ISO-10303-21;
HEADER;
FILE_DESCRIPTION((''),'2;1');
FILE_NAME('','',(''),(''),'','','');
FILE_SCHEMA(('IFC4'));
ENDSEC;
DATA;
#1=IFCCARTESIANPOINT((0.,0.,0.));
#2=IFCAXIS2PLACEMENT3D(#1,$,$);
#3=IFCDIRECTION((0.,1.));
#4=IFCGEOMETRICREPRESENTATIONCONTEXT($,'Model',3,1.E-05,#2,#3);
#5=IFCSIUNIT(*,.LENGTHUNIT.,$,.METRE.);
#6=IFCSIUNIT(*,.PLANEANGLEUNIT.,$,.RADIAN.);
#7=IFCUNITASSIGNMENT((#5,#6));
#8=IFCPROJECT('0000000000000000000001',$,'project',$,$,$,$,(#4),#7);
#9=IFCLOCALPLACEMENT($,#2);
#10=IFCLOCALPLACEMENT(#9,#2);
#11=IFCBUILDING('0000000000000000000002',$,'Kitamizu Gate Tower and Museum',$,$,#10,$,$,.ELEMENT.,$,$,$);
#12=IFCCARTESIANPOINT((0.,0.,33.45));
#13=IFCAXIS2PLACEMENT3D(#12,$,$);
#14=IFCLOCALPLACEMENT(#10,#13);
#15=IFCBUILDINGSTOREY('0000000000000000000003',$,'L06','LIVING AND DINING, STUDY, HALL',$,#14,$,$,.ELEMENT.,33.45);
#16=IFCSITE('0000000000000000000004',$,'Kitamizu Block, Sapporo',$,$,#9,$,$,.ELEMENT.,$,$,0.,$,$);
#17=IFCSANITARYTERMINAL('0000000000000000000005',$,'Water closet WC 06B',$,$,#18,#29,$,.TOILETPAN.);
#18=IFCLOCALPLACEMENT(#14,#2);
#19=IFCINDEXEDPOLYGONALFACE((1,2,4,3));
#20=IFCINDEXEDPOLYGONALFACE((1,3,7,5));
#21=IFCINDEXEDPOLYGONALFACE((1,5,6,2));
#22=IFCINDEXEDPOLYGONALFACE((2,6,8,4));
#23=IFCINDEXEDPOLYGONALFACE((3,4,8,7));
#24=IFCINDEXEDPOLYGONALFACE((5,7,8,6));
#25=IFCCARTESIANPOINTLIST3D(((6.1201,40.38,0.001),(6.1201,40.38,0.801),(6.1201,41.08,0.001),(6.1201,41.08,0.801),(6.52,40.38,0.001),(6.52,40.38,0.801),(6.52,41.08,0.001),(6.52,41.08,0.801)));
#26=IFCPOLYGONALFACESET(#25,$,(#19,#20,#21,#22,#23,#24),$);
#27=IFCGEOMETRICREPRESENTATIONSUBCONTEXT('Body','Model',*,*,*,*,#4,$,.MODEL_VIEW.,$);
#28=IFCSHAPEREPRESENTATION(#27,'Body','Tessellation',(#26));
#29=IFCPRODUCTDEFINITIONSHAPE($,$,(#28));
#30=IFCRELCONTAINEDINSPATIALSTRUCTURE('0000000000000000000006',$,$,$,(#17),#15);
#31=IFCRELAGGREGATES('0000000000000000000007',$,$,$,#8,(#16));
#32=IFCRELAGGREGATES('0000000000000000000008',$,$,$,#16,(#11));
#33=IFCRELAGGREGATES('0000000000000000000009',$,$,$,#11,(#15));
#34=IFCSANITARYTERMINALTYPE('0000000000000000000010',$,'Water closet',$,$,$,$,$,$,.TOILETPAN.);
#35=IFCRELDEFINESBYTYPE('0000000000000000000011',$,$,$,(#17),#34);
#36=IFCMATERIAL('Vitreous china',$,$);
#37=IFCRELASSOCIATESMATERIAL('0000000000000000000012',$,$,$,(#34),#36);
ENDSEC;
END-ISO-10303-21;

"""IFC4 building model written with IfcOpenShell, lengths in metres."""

from ifc_helpers import new_model, si_unit, direction, frame, origin, origin_2d, place, context, subcontext, project, spatial, rectangle, extrude, material, type_object, element, save


model = new_model("IFC4")

# Units and contexts
model_context = context("Model", 3, precision=1e-05, world=origin(), true_north=direction((0.0, 1.0)))
body_context = subcontext(model_context, "Body", "Model", "MODEL_VIEW")
ifc_project = project(units=[si_unit("LENGTHUNIT", "METRE"), si_unit("PLANEANGLEUNIT", "RADIAN")], contexts=[model_context])

# Site, building, storey
site_placement = place(None, origin())
site = spatial("IfcSite", under=ifc_project, at=site_placement, Name="Kitamizu Block, Sapporo", CompositionType="ELEMENT", RefElevation=0.0)
building_placement = place(site_placement, origin())
building = spatial("IfcBuilding", under=site, at=building_placement, Name="Kitamizu Gate Tower and Museum", CompositionType="ELEMENT")
storey_placement = place(building_placement, frame((0.0, 0.0, 33.45)))
storey = spatial("IfcBuildingStorey", under=building, at=storey_placement, Name="L06", Description="LIVING AND DINING, STUDY, HALL", CompositionType="ELEMENT", Elevation=33.45)

# Sanitary terminal
ifc_material = material(Name="Vitreous china")
sanitary_terminal_type = type_object("IfcSanitaryTerminalType", Name="Water closet", PredefinedType="TOILETPAN", material=ifc_material)
sanitary_terminal_placement = place(storey_placement, frame((6.3201, 40.73, 0.001), z_axis=(0.0, 0.0, 1.0), x_axis=(1.0, 0.0, 0.0)))
element("IfcSanitaryTerminal", 1, at=sanitary_terminal_placement, inside=storey, type_object=sanitary_terminal_type, Name="Water closet WC 06B", PredefinedType="TOILETPAN", context=body_context, shape_type="SweptSolid", body=[
    extrude(rectangle(XDim=0.3999, YDim=0.7, at=origin_2d()), origin(), (0.0, 0.0, 1.0), 0.8),
])

save(model, "model.ifc")
